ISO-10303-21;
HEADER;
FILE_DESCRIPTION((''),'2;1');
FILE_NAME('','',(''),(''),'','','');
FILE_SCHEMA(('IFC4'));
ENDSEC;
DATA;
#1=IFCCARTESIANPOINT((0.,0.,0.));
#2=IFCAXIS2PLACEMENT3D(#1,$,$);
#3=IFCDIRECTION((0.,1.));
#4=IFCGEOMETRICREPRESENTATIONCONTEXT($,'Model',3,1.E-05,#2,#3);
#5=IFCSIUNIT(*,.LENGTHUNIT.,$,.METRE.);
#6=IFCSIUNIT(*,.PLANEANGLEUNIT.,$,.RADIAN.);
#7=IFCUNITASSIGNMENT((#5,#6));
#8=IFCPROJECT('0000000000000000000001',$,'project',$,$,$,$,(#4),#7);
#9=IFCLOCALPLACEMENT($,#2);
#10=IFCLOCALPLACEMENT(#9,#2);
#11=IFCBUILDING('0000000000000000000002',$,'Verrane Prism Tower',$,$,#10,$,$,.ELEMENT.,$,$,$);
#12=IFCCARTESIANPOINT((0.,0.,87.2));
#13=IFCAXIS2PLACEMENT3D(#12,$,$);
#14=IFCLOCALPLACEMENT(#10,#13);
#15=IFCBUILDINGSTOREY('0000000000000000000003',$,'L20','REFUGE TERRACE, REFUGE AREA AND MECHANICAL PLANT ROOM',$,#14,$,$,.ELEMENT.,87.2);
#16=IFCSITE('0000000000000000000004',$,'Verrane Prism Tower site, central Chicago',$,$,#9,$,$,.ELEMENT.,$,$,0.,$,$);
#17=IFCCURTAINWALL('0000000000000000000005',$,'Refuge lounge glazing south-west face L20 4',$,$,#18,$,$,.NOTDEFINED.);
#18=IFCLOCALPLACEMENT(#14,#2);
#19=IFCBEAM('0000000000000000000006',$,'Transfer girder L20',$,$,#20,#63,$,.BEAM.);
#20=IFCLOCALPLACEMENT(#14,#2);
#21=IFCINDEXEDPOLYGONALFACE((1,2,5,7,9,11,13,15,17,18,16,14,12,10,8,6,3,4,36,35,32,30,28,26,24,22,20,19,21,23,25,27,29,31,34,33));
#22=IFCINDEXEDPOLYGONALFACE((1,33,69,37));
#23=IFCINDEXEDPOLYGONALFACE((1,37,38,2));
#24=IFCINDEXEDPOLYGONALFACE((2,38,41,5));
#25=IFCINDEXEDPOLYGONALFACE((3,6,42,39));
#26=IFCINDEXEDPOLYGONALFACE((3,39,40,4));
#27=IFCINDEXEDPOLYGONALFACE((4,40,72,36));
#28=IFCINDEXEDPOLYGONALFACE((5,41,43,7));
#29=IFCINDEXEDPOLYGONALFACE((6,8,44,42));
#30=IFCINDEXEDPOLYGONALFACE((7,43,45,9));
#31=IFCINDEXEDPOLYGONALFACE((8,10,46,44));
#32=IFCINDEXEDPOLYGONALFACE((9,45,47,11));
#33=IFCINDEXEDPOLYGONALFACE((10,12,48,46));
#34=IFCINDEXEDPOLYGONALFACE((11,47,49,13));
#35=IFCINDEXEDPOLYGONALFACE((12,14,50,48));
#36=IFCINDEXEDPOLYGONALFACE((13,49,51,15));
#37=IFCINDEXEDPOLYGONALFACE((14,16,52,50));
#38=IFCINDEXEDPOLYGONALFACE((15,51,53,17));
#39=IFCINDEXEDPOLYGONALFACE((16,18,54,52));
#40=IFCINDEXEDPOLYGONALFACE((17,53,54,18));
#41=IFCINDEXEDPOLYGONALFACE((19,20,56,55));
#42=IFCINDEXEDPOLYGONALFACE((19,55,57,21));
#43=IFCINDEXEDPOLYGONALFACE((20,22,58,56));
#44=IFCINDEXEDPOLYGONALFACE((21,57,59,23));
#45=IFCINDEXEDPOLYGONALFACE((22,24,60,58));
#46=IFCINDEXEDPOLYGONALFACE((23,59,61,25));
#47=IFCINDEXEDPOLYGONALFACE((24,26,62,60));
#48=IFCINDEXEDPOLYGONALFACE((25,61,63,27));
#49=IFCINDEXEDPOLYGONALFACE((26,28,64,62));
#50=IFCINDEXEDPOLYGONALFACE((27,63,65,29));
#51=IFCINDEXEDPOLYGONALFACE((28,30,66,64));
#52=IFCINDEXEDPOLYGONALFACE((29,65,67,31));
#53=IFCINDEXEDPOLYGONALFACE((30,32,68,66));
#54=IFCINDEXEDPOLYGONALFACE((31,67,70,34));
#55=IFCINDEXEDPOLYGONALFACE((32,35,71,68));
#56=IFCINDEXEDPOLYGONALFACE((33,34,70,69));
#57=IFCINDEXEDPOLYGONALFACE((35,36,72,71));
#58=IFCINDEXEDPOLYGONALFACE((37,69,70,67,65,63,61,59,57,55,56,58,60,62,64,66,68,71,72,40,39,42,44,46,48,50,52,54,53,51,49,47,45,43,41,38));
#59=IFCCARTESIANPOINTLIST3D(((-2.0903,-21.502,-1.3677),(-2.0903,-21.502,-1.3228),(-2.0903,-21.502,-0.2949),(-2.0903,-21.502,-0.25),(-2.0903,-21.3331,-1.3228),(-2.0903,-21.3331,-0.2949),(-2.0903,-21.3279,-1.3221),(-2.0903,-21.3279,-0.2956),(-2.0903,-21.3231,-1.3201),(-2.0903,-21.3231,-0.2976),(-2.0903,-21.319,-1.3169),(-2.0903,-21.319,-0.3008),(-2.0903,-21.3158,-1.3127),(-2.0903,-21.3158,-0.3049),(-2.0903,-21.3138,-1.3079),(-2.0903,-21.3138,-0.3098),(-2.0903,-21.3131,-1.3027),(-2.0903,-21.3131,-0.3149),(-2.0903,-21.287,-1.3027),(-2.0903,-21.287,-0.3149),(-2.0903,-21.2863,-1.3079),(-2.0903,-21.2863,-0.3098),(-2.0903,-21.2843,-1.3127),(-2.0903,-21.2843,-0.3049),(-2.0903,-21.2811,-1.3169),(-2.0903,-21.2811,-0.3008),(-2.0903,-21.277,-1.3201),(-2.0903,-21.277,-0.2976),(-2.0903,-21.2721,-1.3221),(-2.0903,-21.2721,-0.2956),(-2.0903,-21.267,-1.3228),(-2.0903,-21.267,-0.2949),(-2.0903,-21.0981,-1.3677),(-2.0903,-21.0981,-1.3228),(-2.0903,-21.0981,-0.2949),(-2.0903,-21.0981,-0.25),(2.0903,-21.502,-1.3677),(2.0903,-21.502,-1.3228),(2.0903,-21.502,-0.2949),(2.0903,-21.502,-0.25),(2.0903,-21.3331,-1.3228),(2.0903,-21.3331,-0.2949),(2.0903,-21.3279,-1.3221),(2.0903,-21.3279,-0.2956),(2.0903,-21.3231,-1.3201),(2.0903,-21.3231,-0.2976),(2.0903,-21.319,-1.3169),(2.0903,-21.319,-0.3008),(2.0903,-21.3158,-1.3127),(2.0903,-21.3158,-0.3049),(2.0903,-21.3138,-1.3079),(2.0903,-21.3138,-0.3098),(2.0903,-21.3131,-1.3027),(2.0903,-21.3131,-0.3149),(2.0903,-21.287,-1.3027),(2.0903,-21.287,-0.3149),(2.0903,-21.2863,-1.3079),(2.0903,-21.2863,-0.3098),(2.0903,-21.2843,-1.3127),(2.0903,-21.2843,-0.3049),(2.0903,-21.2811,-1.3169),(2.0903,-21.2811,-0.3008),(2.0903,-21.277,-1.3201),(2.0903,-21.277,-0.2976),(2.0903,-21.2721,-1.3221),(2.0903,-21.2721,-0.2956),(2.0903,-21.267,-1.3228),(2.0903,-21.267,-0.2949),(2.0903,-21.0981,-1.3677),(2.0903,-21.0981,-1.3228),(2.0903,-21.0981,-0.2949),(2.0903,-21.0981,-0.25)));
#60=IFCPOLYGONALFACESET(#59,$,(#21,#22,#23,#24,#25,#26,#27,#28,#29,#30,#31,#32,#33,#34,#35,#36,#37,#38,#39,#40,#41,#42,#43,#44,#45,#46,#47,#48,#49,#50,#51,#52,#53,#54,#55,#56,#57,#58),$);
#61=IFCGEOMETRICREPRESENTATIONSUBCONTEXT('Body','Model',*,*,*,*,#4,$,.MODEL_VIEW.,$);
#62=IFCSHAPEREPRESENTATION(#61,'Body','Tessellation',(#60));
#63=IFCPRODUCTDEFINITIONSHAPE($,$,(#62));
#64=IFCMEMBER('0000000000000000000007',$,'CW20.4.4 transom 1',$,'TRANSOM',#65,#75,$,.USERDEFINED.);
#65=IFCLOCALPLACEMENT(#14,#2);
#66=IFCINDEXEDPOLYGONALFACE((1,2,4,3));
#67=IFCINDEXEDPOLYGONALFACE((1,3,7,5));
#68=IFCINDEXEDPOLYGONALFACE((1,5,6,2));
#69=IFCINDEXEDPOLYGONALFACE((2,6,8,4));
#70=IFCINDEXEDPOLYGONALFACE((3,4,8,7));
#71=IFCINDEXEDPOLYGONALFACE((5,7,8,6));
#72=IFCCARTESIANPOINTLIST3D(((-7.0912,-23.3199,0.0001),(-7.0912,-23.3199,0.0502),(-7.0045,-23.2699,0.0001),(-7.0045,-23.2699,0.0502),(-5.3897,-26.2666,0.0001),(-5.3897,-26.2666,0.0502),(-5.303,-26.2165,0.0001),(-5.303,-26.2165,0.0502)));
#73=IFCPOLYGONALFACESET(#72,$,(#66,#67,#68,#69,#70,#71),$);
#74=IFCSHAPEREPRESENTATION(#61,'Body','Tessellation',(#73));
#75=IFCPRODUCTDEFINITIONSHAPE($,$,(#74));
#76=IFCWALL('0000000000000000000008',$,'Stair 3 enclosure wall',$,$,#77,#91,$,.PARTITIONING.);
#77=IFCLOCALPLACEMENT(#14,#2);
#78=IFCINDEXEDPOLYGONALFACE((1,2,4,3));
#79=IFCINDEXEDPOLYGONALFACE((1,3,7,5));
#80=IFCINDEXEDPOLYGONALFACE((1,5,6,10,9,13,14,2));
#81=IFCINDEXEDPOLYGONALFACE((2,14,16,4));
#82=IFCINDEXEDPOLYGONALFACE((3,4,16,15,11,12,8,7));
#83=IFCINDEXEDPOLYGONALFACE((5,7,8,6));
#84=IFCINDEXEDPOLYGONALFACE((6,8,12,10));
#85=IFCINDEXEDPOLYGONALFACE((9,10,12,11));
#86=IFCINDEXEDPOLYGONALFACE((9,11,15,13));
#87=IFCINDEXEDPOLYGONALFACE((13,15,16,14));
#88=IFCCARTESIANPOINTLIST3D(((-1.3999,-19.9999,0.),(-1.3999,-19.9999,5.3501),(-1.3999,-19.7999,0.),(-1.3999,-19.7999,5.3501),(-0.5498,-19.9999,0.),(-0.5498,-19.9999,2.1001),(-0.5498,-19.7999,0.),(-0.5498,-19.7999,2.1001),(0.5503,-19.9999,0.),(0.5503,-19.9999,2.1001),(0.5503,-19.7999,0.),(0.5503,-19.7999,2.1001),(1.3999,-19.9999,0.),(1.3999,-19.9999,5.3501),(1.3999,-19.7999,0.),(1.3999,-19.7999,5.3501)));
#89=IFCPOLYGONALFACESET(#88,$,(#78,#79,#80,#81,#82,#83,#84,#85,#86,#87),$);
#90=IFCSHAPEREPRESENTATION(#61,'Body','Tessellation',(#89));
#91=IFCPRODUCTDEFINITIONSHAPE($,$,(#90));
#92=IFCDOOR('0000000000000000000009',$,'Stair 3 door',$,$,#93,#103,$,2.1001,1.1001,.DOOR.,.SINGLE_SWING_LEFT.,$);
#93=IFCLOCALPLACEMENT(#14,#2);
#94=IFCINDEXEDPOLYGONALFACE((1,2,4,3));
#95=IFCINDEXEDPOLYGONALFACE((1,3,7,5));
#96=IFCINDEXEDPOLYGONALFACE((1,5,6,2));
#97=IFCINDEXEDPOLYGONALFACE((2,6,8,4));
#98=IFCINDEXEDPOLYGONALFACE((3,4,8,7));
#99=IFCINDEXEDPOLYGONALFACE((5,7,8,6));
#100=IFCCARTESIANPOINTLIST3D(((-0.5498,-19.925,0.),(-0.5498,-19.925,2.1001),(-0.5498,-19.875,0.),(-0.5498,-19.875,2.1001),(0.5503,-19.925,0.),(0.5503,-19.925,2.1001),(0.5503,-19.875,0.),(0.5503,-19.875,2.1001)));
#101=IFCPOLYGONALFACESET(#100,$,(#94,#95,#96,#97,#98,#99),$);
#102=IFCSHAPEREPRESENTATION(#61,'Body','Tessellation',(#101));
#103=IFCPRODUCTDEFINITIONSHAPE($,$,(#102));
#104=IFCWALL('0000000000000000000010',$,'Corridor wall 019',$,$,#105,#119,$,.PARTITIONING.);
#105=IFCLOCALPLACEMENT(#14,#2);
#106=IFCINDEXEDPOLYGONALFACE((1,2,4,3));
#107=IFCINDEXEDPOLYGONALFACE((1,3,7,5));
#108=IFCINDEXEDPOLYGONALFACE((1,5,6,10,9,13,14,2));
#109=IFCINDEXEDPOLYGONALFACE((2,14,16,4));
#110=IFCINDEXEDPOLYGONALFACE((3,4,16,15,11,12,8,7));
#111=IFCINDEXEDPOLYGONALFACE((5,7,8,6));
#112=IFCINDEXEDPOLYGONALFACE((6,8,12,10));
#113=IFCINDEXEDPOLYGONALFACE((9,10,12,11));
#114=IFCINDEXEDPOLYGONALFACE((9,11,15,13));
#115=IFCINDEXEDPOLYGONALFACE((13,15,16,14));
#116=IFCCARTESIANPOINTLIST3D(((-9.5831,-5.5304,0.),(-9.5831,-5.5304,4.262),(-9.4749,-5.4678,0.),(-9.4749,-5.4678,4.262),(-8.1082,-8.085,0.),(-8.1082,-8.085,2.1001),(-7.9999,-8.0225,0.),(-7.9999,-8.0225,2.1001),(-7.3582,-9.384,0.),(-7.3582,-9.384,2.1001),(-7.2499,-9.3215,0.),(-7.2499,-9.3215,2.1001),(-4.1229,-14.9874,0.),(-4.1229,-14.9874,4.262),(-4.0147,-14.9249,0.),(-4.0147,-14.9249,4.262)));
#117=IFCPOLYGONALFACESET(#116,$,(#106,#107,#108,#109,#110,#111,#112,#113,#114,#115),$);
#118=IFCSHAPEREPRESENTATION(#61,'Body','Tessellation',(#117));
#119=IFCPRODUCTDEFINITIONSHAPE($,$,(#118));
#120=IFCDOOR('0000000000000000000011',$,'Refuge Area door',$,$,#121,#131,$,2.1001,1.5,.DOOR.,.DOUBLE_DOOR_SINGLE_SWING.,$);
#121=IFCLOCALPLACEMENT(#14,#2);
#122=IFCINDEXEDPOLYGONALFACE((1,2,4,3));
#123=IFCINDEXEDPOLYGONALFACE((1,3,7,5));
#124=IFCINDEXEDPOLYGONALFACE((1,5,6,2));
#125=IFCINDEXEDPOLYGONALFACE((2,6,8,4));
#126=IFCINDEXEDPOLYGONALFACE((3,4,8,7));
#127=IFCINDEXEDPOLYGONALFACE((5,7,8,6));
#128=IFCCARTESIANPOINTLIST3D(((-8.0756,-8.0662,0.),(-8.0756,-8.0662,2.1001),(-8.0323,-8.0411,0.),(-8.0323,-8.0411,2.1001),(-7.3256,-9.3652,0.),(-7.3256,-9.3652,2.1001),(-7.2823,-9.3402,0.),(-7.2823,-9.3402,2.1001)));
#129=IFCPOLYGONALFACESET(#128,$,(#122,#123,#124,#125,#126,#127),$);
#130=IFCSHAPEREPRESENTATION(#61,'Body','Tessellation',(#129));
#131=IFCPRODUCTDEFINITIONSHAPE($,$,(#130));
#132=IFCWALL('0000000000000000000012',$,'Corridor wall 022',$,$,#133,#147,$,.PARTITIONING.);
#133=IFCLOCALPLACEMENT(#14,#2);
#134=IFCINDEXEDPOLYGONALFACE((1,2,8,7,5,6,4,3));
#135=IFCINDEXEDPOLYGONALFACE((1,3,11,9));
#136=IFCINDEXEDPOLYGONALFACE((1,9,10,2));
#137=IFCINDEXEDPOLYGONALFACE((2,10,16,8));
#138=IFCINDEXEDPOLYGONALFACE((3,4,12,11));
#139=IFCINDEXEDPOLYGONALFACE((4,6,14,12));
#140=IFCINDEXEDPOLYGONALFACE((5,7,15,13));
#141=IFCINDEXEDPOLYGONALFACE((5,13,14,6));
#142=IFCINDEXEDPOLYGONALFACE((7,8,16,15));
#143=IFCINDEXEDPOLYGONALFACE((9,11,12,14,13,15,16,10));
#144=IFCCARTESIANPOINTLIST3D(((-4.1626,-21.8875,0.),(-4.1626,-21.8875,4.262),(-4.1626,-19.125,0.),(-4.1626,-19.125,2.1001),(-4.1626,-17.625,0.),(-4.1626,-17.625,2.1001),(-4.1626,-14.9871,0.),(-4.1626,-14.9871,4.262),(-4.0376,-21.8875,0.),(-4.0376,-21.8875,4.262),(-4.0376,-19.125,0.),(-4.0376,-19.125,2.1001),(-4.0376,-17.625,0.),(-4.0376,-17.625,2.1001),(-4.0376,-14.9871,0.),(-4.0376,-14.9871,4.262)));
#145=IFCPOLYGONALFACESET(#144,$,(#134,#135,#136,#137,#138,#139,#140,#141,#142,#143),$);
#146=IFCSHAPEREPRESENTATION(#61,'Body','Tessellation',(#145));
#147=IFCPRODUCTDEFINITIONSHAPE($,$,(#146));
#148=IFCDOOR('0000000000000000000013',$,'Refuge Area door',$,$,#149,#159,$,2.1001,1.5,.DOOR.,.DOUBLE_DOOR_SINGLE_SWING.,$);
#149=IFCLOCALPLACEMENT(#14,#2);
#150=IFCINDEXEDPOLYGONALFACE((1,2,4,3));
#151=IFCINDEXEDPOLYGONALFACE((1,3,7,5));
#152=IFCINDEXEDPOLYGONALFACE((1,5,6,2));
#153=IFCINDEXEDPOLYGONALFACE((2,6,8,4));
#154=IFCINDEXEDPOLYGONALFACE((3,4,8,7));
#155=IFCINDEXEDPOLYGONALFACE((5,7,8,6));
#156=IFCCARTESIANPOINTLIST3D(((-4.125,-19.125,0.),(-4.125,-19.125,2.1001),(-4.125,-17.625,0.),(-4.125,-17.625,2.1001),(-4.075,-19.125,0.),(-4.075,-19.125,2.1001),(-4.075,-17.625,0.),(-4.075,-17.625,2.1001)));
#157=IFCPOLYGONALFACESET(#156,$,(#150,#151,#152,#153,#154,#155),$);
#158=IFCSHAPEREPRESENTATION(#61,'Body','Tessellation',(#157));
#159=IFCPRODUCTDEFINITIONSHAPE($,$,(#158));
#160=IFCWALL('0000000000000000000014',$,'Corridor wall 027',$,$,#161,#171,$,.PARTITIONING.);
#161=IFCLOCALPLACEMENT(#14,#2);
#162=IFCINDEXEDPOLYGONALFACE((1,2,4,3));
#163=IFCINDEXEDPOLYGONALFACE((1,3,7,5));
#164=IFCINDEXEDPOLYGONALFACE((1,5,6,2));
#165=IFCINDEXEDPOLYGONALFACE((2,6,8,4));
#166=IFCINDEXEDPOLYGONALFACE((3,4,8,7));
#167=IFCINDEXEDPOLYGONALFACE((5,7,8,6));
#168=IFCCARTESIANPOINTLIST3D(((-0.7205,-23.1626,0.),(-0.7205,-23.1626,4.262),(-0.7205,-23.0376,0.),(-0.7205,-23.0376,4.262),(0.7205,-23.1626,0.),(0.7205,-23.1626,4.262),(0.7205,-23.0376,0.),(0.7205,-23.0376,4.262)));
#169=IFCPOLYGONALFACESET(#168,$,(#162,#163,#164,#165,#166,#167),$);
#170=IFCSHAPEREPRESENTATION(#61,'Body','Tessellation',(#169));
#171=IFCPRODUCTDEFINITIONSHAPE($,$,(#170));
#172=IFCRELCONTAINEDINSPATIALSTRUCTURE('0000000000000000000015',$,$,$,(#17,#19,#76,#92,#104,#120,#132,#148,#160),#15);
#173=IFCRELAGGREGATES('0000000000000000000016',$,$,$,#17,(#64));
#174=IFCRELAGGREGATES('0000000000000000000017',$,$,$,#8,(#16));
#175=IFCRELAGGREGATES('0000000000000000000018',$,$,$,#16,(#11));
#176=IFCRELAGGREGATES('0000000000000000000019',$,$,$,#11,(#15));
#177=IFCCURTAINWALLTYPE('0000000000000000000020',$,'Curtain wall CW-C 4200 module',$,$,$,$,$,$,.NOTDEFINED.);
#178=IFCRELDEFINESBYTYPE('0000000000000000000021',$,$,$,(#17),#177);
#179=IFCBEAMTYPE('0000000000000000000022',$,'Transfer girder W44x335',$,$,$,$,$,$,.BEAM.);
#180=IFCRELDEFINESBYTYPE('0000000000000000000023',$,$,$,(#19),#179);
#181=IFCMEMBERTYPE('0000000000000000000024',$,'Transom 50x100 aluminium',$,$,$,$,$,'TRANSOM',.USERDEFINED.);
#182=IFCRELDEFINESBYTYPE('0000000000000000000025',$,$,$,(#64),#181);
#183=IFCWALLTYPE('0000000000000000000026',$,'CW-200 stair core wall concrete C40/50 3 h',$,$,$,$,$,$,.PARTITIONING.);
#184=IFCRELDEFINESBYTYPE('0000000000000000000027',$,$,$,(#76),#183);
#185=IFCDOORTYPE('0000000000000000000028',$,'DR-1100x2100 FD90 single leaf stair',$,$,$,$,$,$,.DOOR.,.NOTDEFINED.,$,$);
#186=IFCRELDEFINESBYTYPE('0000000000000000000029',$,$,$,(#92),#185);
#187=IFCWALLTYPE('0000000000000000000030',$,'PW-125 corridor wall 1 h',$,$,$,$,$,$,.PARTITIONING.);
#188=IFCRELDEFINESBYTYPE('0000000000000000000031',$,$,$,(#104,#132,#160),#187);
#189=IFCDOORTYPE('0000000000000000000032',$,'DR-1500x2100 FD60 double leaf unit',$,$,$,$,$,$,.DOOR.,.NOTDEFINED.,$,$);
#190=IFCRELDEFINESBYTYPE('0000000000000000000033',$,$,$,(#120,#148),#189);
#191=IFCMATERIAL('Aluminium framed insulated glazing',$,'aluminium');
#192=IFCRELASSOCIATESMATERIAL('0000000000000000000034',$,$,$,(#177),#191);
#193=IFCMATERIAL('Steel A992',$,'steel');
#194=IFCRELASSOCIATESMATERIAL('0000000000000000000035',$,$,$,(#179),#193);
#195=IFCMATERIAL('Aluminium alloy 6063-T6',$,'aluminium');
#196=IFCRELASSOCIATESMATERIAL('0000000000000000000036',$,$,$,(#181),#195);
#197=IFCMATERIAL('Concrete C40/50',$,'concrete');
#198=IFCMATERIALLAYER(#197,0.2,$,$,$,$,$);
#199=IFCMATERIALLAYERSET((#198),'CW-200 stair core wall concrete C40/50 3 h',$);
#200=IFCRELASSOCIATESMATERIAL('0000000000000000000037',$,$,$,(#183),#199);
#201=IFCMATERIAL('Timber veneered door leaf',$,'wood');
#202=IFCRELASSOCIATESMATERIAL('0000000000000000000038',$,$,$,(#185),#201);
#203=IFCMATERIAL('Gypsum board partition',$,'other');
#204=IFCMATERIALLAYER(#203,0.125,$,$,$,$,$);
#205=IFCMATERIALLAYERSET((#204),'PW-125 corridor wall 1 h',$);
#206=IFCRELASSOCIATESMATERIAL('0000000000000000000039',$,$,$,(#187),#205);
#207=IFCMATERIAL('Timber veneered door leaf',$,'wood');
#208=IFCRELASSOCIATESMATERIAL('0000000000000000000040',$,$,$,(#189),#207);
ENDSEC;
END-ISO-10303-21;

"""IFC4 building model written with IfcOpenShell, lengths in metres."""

from ifc_helpers import new_model, si_unit, direction, frame, frame_2d, origin, origin_2d, place, context, subcontext, project, spatial, rectangle, i_section, extrude, material, layer, layer_set, material_profile, profile_set, type_object, element, fill, aggregate, save


model = new_model("IFC4")

# Units and contexts
model_context = context("Model", 3, precision=1e-05, world=origin(), true_north=direction((0.0, 1.0)))
body_context = subcontext(model_context, "Body", "Model", "MODEL_VIEW")
ifc_project = project(units=[si_unit("LENGTHUNIT", "METRE"), si_unit("PLANEANGLEUNIT", "RADIAN")], contexts=[model_context])

# Site, building, storey
site_placement = place(None, origin())
site = spatial("IfcSite", under=ifc_project, at=site_placement, Name="Verrane Prism Tower site, central Chicago", CompositionType="ELEMENT", RefElevation=0.0)
building_placement = place(site_placement, origin())
building = spatial("IfcBuilding", under=site, at=building_placement, Name="Verrane Prism Tower", CompositionType="ELEMENT")
storey_placement = place(building_placement, frame((0.0, 0.0, 87.2)))
storey = spatial("IfcBuildingStorey", under=building, at=storey_placement, Name="L20", Description="REFUGE TERRACE, REFUGE AREA AND MECHANICAL PLANT ROOM", CompositionType="ELEMENT", Elevation=87.2)

# Curtain wall
ifc_material_1 = material(Name="Aluminium framed insulated glazing", Category="aluminium")
curtain_wall_type = type_object("IfcCurtainWallType", Name="Curtain wall CW-C 4200 module", PredefinedType="NOTDEFINED", material=ifc_material_1)
curtain_wall_placement = place(storey_placement, origin())
curtain_wall = element("IfcCurtainWall", 1, at=curtain_wall_placement, inside=storey, type_object=curtain_wall_type, Name="Refuge lounge glazing south-west face L20 4", PredefinedType="NOTDEFINED")

# Beam
ifc_material_2 = material(Name="Steel A992", Category="steel")
ifc_material_profile_1 = material_profile(ifc_material_2, i_section(OverallWidth=0.4038, OverallDepth=1.1177, WebThickness=0.0261, FlangeThickness=0.0449, FilletRadius=0.02, at=origin_2d()), Name="W44x335")
ifc_profile_set_1 = profile_set([ifc_material_profile_1], Name="Steel A992")
beam_type_1 = type_object("IfcBeamType", Name="Transfer girder W44x335", PredefinedType="BEAM", material=ifc_profile_set_1)
beam_1_placement = place(storey_placement, frame((-2.0903, -21.3, -0.8088), z_axis=(1.0, 0.0, 0.0), x_axis=(0.0, 1.0, 0.0)))
element("IfcBeam", 2, at=beam_1_placement, inside=storey, type_object=beam_type_1, Name="Transfer girder L20", PredefinedType="BEAM", context=body_context, shape_type="SweptSolid", body=[
    extrude(i_section(OverallWidth=0.4038, OverallDepth=1.1177, WebThickness=0.0261, FlangeThickness=0.0449, FilletRadius=0.02, at=origin_2d()), origin(), (0.0, 0.0, 1.0), 4.1807),
])

# Member
ifc_material_3 = material(Name="Aluminium alloy 6063-T6", Category="aluminium")
ifc_material_profile_2 = material_profile(ifc_material_3, rectangle(XDim=0.1001, YDim=0.05, at=origin_2d()), Name="Transom 50x100 aluminium")
ifc_profile_set_2 = profile_set([ifc_material_profile_2], Name="Aluminium alloy 6063-T6")
member_type_1 = type_object("IfcMemberType", Name="Transom 50x100 aluminium", ElementType="TRANSOM", PredefinedType="USERDEFINED", material=ifc_profile_set_2)
member_1_placement = place(storey_placement, frame((-7.0479, -23.2949, 0.0251), z_axis=(0.500052, -0.865996, 0.0), x_axis=(0.865996, 0.500052, 0.0)))
member_1 = element("IfcMember", 3, at=member_1_placement, type_object=member_type_1, Name="CW20.4.4 transom 1", ObjectType="TRANSOM", PredefinedType="USERDEFINED", context=body_context, shape_type="SweptSolid", body=[
    extrude(rectangle(XDim=0.1001, YDim=0.05, at=origin_2d()), origin(), (0.0, 0.0, 1.0), 3.4026),
])
aggregate(curtain_wall, [member_1])

# Walls, openings, doors
ifc_material_4 = material(Name="Concrete C40/50", Category="concrete")
ifc_layer_1 = layer(ifc_material_4, 0.2)
ifc_layer_set_1 = layer_set([ifc_layer_1], Name="CW-200 stair core wall concrete C40/50 3 h")
wall_type_1 = type_object("IfcWallType", Name="CW-200 stair core wall concrete C40/50 3 h", PredefinedType="PARTITIONING", material=ifc_layer_set_1)
wall_1_placement = place(storey_placement, frame((-1.3999, -19.8999, 0.0), z_axis=(0.0, 0.0, 1.0), x_axis=(1.0, 0.0, 0.0)))
wall_1 = element("IfcWall", 4, at=wall_1_placement, inside=storey, type_object=wall_type_1, Name="Stair 3 enclosure wall", PredefinedType="PARTITIONING", context=body_context, shape_type="SweptSolid", body=[
    extrude(rectangle(XDim=2.7998, YDim=0.2, at=frame_2d((1.3999, 0.0))), origin(), (0.0, 0.0, 1.0), 5.3501),
])
opening_1_placement = place(wall_1_placement, frame((0.8501, 0.0, 0.0)))
opening_1 = element("IfcOpeningElement", 5, at=opening_1_placement, cuts=wall_1, PredefinedType="OPENING", context=body_context, shape_type="SweptSolid", body=[
    extrude(rectangle(XDim=1.1001, YDim=2.1001, at=frame_2d((0.55, 1.05))), frame((0.0, 0.1099, 0.0), z_axis=(0.0, -1.0, 0.0), x_axis=(1.0, 0.0, 0.0)), (0.0, 0.0, 1.0), 0.22),
])
ifc_material_5 = material(Name="Timber veneered door leaf", Category="wood")
door_type_1 = type_object("IfcDoorType", Name="DR-1100x2100 FD90 single leaf stair", OperationType="NOTDEFINED", PredefinedType="DOOR", material=ifc_material_5)
door_1_placement = place(opening_1_placement, origin())
door_1 = element("IfcDoor", 6, at=door_1_placement, inside=storey, type_object=door_type_1, Name="Stair 3 door", OperationType="SINGLE_SWING_LEFT", OverallHeight=2.1001, OverallWidth=1.1001, PredefinedType="DOOR", context=body_context, shape_type="SweptSolid", body=[
    extrude(rectangle(XDim=1.1001, YDim=2.1001, at=frame_2d((0.55, 1.05))), frame((0.0, 0.0249, 0.0), z_axis=(0.0, -1.0, 0.0), x_axis=(1.0, 0.0, 0.0)), (0.0, 0.0, 1.0), 0.05),
])
fill(opening_1, door_1)
ifc_material_6 = material(Name="Gypsum board partition", Category="other")
ifc_layer_2 = layer(ifc_material_6, 0.125)
ifc_layer_set_2 = layer_set([ifc_layer_2], Name="PW-125 corridor wall 1 h")
wall_type_2 = type_object("IfcWallType", Name="PW-125 corridor wall 1 h", PredefinedType="PARTITIONING", material=ifc_layer_set_2)
wall_2_placement = place(storey_placement, frame((-4.0688, -14.9561, 0.0), z_axis=(0.0, 0.0, 1.0), x_axis=(-0.500013, 0.866018, 0.0)))
wall_2 = element("IfcWall", 7, at=wall_2_placement, inside=storey, type_object=wall_type_2, Name="Corridor wall 019", PredefinedType="PARTITIONING", context=body_context, shape_type="SweptSolid", body=[
    extrude(rectangle(XDim=10.9202, YDim=0.125, at=frame_2d((5.46, 0.0))), origin(), (0.0, 0.0, 1.0), 4.262),
])
opening_2_placement = place(wall_2_placement, frame((6.4702, 0.0, 0.0)))
opening_2 = element("IfcOpeningElement", 8, at=opening_2_placement, cuts=wall_2, PredefinedType="OPENING", context=body_context, shape_type="SweptSolid", body=[
    extrude(rectangle(XDim=1.5, YDim=2.1001, at=frame_2d((0.75, 1.05))), frame((0.0, 0.0725, 0.0), z_axis=(0.0, -1.0, 0.0), x_axis=(1.0, 0.0, 0.0)), (0.0, 0.0, 1.0), 0.145),
])
ifc_material_7 = material(Name="Timber veneered door leaf", Category="wood")
door_type_2 = type_object("IfcDoorType", Name="DR-1500x2100 FD60 double leaf unit", OperationType="NOTDEFINED", PredefinedType="DOOR", material=ifc_material_7)
door_2_placement = place(opening_2_placement, origin())
door_2 = element("IfcDoor", 9, at=door_2_placement, inside=storey, type_object=door_type_2, Name="Refuge Area door", OperationType="DOUBLE_DOOR_SINGLE_SWING", OverallHeight=2.1001, OverallWidth=1.5, PredefinedType="DOOR", context=body_context, shape_type="SweptSolid", body=[
    extrude(rectangle(XDim=1.5, YDim=2.1001, at=frame_2d((0.75, 1.05))), frame((0.0, 0.0249, 0.0), z_axis=(0.0, -1.0, 0.0), x_axis=(1.0, 0.0, 0.0)), (0.0, 0.0, 1.0), 0.05),
])
fill(opening_2, door_2)
wall_3_placement = place(storey_placement, frame((-4.1001, -21.8875, 0.0), z_axis=(0.0, 0.0, 1.0), x_axis=(0.0, 1.0, 0.0)))
wall_3 = element("IfcWall", 10, at=wall_3_placement, inside=storey, type_object=wall_type_2, Name="Corridor wall 022", PredefinedType="PARTITIONING", context=body_context, shape_type="SweptSolid", body=[
    extrude(rectangle(XDim=6.9004, YDim=0.125, at=frame_2d((3.4502, 0.0))), origin(), (0.0, 0.0, 1.0), 4.262),
])
opening_3_placement = place(wall_3_placement, frame((2.7625, 0.0, 0.0)))
opening_3 = element("IfcOpeningElement", 11, at=opening_3_placement, cuts=wall_3, PredefinedType="OPENING", context=body_context, shape_type="SweptSolid", body=[
    extrude(rectangle(XDim=1.5, YDim=2.1001, at=frame_2d((0.75, 1.05))), frame((0.0, 0.0725, 0.0), z_axis=(0.0, -1.0, 0.0), x_axis=(1.0, 0.0, 0.0)), (0.0, 0.0, 1.0), 0.145),
])
door_3_placement = place(opening_3_placement, origin())
door_3 = element("IfcDoor", 12, at=door_3_placement, inside=storey, type_object=door_type_2, Name="Refuge Area door", OperationType="DOUBLE_DOOR_SINGLE_SWING", OverallHeight=2.1001, OverallWidth=1.5, PredefinedType="DOOR", context=body_context, shape_type="SweptSolid", body=[
    extrude(rectangle(XDim=1.5, YDim=2.1001, at=frame_2d((0.75, 1.05))), frame((0.0, 0.0249, 0.0), z_axis=(0.0, -1.0, 0.0), x_axis=(1.0, 0.0, 0.0)), (0.0, 0.0, 1.0), 0.05),
])
fill(opening_3, door_3)

# Wall
wall_4_placement = place(storey_placement, frame((-0.7205, -23.1001, 0.0), z_axis=(0.0, 0.0, 1.0), x_axis=(1.0, 0.0, 0.0)))
element("IfcWall", 13, at=wall_4_placement, inside=storey, type_object=wall_type_2, Name="Corridor wall 027", PredefinedType="PARTITIONING", context=body_context, shape_type="SweptSolid", body=[
    extrude(rectangle(XDim=1.4409, YDim=0.125, at=frame_2d((0.7205, 0.0))), origin(), (0.0, 0.0, 1.0), 4.262),
])

save(model, "model.ifc")
